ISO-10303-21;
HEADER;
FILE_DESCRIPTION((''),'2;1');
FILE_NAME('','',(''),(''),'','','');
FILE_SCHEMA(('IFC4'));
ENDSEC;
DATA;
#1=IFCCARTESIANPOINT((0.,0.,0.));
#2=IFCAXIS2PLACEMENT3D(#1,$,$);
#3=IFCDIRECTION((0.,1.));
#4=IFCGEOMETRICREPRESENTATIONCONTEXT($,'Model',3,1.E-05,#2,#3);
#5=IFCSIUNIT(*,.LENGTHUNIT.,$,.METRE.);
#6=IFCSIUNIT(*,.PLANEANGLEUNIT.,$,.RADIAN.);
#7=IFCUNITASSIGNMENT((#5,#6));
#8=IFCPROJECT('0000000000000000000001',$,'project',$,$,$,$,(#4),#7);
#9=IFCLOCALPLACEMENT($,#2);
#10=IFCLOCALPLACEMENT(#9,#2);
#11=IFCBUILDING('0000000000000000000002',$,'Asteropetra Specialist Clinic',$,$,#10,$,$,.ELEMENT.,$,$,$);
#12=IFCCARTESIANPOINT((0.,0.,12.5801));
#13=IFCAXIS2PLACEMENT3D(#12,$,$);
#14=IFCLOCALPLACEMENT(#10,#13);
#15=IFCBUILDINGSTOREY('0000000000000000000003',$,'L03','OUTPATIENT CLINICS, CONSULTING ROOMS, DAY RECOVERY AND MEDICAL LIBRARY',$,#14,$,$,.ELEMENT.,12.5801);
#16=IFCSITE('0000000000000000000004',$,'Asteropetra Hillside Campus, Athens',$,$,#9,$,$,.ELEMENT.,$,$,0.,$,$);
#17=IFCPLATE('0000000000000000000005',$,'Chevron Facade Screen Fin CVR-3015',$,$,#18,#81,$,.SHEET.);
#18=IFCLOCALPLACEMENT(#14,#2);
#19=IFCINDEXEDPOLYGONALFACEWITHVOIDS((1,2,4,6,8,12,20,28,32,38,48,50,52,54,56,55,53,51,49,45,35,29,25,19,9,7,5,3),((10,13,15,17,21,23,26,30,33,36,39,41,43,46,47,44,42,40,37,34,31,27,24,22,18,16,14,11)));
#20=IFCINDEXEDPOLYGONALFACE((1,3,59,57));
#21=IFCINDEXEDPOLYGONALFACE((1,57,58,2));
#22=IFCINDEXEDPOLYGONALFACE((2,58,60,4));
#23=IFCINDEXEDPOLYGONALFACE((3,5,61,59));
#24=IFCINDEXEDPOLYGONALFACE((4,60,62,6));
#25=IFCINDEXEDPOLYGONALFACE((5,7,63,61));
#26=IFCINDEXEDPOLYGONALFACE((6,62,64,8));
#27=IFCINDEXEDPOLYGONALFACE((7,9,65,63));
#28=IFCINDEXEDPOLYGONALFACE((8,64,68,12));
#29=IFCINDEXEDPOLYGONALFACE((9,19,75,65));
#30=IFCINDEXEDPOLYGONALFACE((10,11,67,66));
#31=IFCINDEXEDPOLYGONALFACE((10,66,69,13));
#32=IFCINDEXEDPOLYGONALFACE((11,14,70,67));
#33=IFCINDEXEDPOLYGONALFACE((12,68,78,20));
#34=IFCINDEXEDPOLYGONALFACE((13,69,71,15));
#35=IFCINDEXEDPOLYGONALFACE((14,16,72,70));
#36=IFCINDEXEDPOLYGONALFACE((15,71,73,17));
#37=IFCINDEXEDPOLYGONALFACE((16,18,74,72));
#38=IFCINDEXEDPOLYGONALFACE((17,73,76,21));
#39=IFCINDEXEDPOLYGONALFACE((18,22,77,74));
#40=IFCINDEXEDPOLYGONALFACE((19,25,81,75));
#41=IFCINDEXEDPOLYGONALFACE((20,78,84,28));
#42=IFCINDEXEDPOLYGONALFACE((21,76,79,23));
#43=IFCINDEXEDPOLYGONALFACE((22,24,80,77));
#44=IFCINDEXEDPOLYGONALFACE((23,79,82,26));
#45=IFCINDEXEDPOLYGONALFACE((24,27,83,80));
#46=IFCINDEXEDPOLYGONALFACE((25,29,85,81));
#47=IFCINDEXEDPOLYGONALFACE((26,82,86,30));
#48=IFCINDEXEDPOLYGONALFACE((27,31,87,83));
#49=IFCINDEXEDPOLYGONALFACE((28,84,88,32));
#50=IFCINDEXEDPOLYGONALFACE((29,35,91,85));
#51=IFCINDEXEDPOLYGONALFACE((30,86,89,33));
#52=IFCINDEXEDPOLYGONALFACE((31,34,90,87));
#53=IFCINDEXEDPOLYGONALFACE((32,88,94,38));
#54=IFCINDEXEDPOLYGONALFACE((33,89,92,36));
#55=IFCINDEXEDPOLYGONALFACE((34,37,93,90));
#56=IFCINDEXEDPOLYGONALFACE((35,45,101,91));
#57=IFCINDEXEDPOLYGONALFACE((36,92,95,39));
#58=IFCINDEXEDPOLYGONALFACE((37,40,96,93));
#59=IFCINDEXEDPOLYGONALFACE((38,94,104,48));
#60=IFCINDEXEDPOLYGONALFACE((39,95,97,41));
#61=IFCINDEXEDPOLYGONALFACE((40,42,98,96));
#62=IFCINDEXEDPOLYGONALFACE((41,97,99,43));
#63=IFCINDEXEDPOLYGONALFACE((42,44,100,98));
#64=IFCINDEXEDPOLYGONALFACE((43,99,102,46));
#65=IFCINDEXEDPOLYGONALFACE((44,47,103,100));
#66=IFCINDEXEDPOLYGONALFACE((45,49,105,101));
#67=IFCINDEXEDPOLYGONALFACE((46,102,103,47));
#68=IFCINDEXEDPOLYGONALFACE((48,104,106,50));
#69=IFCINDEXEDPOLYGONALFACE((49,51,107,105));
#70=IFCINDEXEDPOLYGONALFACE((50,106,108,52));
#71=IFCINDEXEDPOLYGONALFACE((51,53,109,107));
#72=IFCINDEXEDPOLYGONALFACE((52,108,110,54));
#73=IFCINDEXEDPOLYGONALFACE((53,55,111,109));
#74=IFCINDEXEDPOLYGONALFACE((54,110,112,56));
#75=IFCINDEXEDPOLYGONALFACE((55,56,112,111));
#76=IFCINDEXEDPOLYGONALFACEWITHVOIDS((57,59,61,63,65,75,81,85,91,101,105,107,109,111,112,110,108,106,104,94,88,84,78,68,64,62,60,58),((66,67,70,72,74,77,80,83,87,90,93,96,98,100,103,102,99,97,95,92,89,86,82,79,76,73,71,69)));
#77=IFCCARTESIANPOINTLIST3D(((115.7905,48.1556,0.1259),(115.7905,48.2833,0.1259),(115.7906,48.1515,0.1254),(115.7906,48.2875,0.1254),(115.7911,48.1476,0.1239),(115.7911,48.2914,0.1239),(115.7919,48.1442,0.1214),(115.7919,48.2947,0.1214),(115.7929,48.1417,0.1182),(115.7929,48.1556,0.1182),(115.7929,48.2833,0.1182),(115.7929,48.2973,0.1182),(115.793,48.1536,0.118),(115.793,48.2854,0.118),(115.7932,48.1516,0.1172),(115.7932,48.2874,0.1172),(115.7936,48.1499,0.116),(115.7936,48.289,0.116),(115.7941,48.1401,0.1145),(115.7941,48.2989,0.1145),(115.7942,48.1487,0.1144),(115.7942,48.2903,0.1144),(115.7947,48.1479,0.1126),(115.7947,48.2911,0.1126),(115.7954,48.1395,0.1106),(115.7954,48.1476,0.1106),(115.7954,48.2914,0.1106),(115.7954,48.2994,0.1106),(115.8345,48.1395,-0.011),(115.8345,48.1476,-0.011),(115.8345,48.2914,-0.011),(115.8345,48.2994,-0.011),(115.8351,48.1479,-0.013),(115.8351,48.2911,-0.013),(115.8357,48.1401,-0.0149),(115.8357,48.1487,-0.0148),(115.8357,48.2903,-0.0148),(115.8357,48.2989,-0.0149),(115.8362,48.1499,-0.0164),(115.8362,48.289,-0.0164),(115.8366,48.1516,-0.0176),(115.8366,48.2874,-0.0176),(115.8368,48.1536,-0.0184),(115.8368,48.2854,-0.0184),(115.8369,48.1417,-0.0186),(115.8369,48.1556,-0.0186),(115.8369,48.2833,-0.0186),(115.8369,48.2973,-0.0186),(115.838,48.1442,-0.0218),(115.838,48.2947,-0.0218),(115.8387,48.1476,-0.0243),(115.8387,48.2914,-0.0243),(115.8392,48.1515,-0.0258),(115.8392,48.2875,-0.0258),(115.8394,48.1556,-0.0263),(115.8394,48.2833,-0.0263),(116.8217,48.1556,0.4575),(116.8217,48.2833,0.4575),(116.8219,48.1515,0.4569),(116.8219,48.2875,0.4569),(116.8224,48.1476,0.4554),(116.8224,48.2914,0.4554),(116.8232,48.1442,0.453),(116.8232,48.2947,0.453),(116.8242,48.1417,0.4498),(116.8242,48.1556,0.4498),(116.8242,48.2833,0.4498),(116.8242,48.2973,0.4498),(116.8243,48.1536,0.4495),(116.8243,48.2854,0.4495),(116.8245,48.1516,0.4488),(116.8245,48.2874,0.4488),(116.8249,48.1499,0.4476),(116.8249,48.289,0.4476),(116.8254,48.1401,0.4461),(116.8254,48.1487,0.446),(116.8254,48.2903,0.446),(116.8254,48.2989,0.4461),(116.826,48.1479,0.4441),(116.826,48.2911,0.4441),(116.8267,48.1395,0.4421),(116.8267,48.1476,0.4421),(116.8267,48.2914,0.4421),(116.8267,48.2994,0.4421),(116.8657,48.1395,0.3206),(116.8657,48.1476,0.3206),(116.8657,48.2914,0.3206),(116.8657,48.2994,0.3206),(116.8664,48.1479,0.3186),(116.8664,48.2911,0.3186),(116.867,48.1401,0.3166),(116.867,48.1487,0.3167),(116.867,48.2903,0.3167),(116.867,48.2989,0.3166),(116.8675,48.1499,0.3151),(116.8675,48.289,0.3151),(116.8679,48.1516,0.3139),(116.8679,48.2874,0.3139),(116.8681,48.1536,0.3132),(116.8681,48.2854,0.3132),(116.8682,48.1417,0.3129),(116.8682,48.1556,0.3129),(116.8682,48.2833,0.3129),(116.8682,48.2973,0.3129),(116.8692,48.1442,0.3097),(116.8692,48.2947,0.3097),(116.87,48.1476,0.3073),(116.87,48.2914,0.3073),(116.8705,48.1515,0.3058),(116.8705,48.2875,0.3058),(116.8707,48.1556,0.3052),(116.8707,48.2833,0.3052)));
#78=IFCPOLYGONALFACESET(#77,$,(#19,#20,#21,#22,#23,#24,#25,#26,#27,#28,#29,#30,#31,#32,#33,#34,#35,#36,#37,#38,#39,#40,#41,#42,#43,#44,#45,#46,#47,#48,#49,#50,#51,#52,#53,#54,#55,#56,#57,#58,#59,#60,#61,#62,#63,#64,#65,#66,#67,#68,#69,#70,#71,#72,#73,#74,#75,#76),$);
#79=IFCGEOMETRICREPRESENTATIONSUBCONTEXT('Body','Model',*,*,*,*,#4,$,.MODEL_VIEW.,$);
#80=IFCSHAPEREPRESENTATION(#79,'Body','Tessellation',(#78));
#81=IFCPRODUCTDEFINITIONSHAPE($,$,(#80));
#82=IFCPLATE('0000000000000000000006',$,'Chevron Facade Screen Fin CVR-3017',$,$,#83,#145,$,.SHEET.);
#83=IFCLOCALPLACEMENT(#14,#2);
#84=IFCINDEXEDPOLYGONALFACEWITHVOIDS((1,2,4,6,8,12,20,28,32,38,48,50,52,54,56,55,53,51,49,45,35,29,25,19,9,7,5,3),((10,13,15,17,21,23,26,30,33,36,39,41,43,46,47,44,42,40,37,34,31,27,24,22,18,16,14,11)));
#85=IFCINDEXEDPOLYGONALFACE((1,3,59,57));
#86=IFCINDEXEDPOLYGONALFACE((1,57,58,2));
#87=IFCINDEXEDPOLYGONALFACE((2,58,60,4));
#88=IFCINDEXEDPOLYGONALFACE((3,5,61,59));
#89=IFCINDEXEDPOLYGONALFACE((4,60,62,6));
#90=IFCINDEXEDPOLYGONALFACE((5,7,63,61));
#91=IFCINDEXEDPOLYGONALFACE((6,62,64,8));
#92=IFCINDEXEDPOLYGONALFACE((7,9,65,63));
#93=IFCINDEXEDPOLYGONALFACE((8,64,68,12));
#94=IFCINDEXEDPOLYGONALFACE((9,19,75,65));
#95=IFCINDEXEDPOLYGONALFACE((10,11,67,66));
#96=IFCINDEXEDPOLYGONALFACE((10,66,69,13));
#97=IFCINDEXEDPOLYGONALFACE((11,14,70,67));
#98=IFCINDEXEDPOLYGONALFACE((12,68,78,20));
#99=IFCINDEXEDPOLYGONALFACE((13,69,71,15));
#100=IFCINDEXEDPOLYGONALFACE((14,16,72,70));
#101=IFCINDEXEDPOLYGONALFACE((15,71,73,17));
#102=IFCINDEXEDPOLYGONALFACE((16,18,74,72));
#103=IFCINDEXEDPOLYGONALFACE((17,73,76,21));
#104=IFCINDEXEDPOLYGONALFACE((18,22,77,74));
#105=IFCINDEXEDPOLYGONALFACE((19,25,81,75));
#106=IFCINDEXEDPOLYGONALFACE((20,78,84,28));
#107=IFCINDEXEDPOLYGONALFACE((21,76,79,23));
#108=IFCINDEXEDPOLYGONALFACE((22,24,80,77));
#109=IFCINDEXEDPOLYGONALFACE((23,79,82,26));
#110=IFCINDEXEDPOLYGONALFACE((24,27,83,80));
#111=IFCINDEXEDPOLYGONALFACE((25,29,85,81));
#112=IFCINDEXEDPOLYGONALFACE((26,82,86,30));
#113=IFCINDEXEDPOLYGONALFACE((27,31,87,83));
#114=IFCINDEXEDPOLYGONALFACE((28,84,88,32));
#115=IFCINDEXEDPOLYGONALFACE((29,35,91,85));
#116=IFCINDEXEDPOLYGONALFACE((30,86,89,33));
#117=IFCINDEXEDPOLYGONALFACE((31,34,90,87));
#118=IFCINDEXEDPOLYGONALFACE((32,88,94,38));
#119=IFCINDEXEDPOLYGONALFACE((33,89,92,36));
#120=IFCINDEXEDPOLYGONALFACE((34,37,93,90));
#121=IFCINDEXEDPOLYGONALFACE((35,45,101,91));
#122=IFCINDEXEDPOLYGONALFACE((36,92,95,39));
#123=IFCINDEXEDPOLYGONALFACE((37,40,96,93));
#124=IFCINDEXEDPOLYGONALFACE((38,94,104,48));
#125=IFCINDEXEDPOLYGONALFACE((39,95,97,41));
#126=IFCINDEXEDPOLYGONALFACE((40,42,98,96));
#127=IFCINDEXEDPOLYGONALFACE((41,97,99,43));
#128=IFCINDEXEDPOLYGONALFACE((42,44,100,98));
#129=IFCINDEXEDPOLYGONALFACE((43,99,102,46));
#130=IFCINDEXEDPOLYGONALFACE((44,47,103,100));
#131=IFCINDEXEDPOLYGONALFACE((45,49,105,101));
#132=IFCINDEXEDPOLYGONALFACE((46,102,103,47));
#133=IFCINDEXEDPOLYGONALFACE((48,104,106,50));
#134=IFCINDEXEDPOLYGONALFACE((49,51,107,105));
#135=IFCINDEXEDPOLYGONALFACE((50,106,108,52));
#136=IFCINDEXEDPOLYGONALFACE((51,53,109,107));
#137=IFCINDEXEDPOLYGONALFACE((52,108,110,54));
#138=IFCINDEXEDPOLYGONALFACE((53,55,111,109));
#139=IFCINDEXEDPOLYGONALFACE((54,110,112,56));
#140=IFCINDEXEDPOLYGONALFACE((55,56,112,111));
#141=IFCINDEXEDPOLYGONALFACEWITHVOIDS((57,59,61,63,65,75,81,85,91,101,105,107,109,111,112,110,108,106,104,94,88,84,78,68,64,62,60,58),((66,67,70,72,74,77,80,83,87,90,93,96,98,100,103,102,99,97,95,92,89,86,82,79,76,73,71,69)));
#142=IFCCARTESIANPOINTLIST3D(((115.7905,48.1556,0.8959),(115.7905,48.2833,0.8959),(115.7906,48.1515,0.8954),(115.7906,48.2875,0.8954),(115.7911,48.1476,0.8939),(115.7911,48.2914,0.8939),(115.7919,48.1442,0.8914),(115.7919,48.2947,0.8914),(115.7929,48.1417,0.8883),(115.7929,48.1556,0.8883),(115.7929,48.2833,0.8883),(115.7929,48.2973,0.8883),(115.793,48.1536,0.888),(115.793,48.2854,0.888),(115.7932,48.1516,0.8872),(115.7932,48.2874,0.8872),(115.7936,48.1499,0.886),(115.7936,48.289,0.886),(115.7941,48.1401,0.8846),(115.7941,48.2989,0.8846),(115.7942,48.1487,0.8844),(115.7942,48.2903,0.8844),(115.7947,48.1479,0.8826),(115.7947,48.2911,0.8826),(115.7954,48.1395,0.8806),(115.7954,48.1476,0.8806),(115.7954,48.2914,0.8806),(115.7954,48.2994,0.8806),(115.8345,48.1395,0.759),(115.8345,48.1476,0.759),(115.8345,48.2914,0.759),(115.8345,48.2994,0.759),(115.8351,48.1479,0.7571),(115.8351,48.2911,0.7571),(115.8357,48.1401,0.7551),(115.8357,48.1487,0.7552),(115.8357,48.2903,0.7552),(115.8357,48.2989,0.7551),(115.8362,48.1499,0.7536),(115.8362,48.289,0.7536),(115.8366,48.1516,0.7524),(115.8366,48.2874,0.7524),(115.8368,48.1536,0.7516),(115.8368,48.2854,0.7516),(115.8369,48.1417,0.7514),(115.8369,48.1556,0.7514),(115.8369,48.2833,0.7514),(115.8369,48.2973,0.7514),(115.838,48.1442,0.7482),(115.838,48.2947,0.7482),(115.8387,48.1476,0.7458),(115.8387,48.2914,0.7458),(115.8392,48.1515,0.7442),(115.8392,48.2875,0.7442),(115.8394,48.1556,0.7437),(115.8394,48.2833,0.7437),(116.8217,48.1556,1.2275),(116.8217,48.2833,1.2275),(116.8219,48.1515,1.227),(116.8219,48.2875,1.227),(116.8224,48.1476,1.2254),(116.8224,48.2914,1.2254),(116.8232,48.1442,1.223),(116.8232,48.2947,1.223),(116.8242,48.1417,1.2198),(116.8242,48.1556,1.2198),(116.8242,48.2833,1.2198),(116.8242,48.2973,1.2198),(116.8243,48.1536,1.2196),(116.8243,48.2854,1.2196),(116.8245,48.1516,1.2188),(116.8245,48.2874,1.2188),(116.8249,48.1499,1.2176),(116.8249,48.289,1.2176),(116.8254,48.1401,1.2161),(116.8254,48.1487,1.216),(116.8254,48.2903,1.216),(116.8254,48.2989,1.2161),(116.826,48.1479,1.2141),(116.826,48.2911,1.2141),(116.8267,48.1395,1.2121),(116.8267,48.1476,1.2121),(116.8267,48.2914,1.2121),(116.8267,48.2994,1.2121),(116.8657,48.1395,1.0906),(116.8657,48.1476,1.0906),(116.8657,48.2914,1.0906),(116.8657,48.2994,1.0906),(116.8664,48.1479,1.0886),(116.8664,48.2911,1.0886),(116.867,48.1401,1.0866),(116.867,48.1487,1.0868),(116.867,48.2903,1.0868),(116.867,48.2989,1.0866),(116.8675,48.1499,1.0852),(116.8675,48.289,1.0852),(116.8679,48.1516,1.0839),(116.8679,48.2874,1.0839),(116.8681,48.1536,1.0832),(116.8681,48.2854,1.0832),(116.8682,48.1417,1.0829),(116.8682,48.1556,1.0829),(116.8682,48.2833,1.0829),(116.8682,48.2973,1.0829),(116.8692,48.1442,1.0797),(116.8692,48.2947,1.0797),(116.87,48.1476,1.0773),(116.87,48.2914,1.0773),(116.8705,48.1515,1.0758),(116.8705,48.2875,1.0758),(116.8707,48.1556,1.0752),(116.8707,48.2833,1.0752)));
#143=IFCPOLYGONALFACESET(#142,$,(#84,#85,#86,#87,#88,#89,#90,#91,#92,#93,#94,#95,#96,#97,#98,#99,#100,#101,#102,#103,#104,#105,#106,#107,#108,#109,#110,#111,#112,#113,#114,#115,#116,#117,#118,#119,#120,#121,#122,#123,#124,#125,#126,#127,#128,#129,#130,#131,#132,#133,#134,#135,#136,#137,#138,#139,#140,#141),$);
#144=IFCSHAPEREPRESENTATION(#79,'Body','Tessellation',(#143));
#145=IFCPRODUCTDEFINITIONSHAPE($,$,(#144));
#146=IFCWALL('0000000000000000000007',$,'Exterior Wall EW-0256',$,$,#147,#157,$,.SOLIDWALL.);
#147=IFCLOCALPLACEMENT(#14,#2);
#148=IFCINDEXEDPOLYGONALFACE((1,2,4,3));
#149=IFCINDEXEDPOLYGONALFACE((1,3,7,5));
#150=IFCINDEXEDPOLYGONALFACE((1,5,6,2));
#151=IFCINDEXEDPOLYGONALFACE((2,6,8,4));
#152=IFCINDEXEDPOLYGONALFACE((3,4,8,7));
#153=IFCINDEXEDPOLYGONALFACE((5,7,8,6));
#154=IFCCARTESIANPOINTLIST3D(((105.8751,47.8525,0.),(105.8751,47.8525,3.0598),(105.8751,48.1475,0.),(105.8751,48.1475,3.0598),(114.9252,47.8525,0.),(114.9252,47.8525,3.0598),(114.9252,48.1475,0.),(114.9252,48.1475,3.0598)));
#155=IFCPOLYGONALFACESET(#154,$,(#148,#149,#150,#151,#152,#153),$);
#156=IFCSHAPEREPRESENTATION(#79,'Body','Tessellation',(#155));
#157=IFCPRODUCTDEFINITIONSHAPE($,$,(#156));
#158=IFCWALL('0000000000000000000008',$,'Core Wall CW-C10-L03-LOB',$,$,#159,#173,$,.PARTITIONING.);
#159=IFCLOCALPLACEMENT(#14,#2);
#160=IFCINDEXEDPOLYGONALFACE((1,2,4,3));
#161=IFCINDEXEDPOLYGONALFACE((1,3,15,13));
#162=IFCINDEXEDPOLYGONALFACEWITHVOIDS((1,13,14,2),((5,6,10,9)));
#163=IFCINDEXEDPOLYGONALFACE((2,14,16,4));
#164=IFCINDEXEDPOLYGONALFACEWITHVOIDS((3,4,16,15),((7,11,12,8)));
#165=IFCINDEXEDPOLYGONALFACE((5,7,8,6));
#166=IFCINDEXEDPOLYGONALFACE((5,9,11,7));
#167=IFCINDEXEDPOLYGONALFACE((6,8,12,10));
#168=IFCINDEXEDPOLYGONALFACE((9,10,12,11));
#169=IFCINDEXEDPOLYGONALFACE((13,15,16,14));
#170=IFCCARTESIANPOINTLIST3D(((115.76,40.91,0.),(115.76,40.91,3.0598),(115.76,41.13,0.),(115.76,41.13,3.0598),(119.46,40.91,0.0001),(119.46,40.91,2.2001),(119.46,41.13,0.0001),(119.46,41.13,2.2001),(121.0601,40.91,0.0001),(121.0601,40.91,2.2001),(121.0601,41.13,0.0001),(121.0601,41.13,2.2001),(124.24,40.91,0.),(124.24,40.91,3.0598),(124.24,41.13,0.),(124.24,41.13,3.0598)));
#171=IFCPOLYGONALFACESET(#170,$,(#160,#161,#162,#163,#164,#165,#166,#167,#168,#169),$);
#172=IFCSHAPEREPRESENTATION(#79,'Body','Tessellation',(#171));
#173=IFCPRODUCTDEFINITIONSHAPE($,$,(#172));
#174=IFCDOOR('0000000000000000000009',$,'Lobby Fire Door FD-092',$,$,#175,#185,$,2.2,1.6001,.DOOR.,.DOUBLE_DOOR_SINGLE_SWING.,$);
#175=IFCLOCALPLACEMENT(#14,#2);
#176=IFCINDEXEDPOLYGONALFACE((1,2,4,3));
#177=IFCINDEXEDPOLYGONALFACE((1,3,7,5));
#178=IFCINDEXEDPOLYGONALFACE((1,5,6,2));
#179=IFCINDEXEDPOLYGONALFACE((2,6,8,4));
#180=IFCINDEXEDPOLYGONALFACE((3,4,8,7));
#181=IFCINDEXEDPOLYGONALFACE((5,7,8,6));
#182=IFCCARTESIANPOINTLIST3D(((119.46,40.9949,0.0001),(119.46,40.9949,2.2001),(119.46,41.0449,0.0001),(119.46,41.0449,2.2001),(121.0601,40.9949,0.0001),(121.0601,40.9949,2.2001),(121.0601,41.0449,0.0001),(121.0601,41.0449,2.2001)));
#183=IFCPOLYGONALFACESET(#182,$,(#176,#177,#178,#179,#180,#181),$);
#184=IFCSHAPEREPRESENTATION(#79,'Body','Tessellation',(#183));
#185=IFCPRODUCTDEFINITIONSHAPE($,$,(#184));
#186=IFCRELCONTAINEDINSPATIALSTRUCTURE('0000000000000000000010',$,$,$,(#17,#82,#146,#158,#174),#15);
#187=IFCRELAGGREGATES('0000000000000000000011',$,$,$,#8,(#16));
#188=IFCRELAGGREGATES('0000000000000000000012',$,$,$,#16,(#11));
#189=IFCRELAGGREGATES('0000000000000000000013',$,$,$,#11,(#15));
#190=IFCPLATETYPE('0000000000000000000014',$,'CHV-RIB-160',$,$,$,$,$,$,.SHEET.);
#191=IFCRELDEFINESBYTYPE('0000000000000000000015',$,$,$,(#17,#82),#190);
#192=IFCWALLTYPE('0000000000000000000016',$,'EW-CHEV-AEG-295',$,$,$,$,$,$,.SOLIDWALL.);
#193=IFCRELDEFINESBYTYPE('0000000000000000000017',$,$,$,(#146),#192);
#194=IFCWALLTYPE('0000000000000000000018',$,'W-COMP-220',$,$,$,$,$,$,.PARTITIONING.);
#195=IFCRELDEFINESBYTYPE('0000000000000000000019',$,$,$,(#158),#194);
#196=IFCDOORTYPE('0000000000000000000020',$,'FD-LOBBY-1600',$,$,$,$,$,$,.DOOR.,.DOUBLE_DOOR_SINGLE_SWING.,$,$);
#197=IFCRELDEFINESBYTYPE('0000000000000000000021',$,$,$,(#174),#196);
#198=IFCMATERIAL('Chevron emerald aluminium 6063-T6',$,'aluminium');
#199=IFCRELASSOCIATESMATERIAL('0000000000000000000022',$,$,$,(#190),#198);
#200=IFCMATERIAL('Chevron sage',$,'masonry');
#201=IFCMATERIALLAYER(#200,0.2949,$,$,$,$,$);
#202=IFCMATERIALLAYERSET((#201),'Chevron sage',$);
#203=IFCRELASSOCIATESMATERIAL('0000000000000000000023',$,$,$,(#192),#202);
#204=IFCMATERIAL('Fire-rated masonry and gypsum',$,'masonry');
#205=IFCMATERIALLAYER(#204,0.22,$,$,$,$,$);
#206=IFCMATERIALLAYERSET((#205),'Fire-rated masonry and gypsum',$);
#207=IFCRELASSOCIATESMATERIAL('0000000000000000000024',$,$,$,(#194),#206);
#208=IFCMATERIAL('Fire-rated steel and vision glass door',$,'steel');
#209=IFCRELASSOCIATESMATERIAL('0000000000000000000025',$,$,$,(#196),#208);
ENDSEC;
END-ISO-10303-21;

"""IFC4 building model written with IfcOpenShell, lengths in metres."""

from ifc_helpers import new_model, si_unit, direction, frame, frame_2d, origin, origin_2d, place, context, subcontext, project, spatial, rectangle, hollow_rectangle, extrude, material, layer, layer_set, material_profile, profile_set, type_object, element, fill, save


model = new_model("IFC4")

# Units and contexts
model_context = context("Model", 3, precision=1e-05, world=origin(), true_north=direction((0.0, 1.0)))
body_context = subcontext(model_context, "Body", "Model", "MODEL_VIEW")
ifc_project = project(units=[si_unit("LENGTHUNIT", "METRE"), si_unit("PLANEANGLEUNIT", "RADIAN")], contexts=[model_context])

# Site, building, storey
site_placement = place(None, origin())
site = spatial("IfcSite", under=ifc_project, at=site_placement, Name="Asteropetra Hillside Campus, Athens", CompositionType="ELEMENT", RefElevation=0.0)
building_placement = place(site_placement, origin())
building = spatial("IfcBuilding", under=site, at=building_placement, Name="Asteropetra Specialist Clinic", CompositionType="ELEMENT")
storey_placement = place(building_placement, frame((0.0, 0.0, 12.5801)))
storey = spatial("IfcBuildingStorey", under=building, at=storey_placement, Name="L03", Description="OUTPATIENT CLINICS, CONSULTING ROOMS, DAY RECOVERY AND MEDICAL LIBRARY", CompositionType="ELEMENT", Elevation=12.5801)

# Plates
ifc_material_1 = material(Name="Chevron emerald aluminium 6063-T6", Category="aluminium")
ifc_material_profile_1 = material_profile(ifc_material_1, hollow_rectangle(XDim=0.1599, YDim=0.1599, WallThickness=0.0081, InnerFilletRadius=0.0081, OuterFilletRadius=0.0161, at=origin_2d()), Name="SHS 160x160x8.0")
ifc_profile_set_1 = profile_set([ifc_material_profile_1], Name="Chevron emerald aluminium 6063-T6")
plate_type = type_object("IfcPlateType", Name="CHV-RIB-160", PredefinedType="SHEET", material=ifc_profile_set_1)
for number, where, z_axis, x_axis, name in (
    (1, (116.8462, 48.2195, 0.3813), (-0.95201, 0.0, -0.306068), (0.0, -1.0, 0.0), "Chevron Facade Screen Fin CVR-3015"),
    (2, (116.8462, 48.2195, 1.1514), (-0.95201, 0.0, -0.306068), (0.0, -1.0, 0.0), "Chevron Facade Screen Fin CVR-3017"),
):
    element("IfcPlate", number, at=place(storey_placement, frame(where, z_axis=z_axis, x_axis=x_axis)), inside=storey, type_object=plate_type, Name=name, PredefinedType="SHEET", context=body_context, shape_type="SweptSolid", body=[
        extrude(hollow_rectangle(XDim=0.1599, YDim=0.1599, WallThickness=0.0081, InnerFilletRadius=0.0081, OuterFilletRadius=0.0161, at=origin_2d()), origin(), (0.0, 0.0, 1.0), 1.0833),
    ])

# Wall
ifc_material_2 = material(Name="Chevron sage", Category="masonry")
ifc_layer_1 = layer(ifc_material_2, 0.2949)
ifc_layer_set_1 = layer_set([ifc_layer_1], Name="Chevron sage")
wall_type_1 = type_object("IfcWallType", Name="EW-CHEV-AEG-295", PredefinedType="SOLIDWALL", material=ifc_layer_set_1)
wall_1_placement = place(storey_placement, frame((114.925, 48.0, 0.0), z_axis=(0.0, 0.0, 1.0), x_axis=(-1.0, 0.0, 0.0)))
element("IfcWall", 3, at=wall_1_placement, inside=storey, type_object=wall_type_1, Name="Exterior Wall EW-0256", PredefinedType="SOLIDWALL", context=body_context, shape_type="SweptSolid", body=[
    extrude(rectangle(XDim=9.05, YDim=0.2949, at=frame_2d((4.5249, 0.0))), origin(), (0.0, 0.0, 1.0), 3.0598),
])

# Wall, opening, door
ifc_material_3 = material(Name="Fire-rated masonry and gypsum", Category="masonry")
ifc_layer_2 = layer(ifc_material_3, 0.22)
ifc_layer_set_2 = layer_set([ifc_layer_2], Name="Fire-rated masonry and gypsum")
wall_type_2 = type_object("IfcWallType", Name="W-COMP-220", PredefinedType="PARTITIONING", material=ifc_layer_set_2)
wall_2_placement = place(storey_placement, frame((115.76, 41.02, 0.0), z_axis=(0.0, 0.0, 1.0), x_axis=(1.0, 0.0, 0.0)))
wall_2 = element("IfcWall", 4, at=wall_2_placement, inside=storey, type_object=wall_type_2, Name="Core Wall CW-C10-L03-LOB", PredefinedType="PARTITIONING", context=body_context, shape_type="SweptSolid", body=[
    extrude(rectangle(XDim=8.48, YDim=0.22, at=frame_2d((4.24, 0.0))), origin(), (0.0, 0.0, 1.0), 3.0598),
])
opening_1_placement = place(wall_2_placement, frame((3.7, 0.0, 0.0)))
opening_1 = element("IfcOpeningElement", 5, at=opening_1_placement, cuts=wall_2, PredefinedType="OPENING", context=body_context, shape_type="SweptSolid", body=[
    extrude(rectangle(XDim=1.6001, YDim=2.2, at=frame_2d((0.8, 1.1001))), frame((0.0, 0.1199, 0.0), z_axis=(0.0, -1.0, 0.0), x_axis=(1.0, 0.0, 0.0)), (0.0, 0.0, 1.0), 0.24),
])
ifc_material_4 = material(Name="Fire-rated steel and vision glass door", Category="steel")
door_type_1 = type_object("IfcDoorType", Name="FD-LOBBY-1600", OperationType="DOUBLE_DOOR_SINGLE_SWING", PredefinedType="DOOR", material=ifc_material_4)
door_1_placement = place(opening_1_placement, origin())
door_1 = element("IfcDoor", 6, at=door_1_placement, inside=storey, type_object=door_type_1, Name="Lobby Fire Door FD-092", OperationType="DOUBLE_DOOR_SINGLE_SWING", OverallHeight=2.2, OverallWidth=1.6001, PredefinedType="DOOR", context=body_context, shape_type="SweptSolid", body=[
    extrude(rectangle(XDim=1.6001, YDim=2.2, at=frame_2d((0.8, 1.1001))), frame((0.0, 0.0249, 0.0), z_axis=(0.0, -1.0, 0.0), x_axis=(1.0, 0.0, 0.0)), (0.0, 0.0, 1.0), 0.05),
])
fill(opening_1, door_1)

save(model, "model.ifc")
